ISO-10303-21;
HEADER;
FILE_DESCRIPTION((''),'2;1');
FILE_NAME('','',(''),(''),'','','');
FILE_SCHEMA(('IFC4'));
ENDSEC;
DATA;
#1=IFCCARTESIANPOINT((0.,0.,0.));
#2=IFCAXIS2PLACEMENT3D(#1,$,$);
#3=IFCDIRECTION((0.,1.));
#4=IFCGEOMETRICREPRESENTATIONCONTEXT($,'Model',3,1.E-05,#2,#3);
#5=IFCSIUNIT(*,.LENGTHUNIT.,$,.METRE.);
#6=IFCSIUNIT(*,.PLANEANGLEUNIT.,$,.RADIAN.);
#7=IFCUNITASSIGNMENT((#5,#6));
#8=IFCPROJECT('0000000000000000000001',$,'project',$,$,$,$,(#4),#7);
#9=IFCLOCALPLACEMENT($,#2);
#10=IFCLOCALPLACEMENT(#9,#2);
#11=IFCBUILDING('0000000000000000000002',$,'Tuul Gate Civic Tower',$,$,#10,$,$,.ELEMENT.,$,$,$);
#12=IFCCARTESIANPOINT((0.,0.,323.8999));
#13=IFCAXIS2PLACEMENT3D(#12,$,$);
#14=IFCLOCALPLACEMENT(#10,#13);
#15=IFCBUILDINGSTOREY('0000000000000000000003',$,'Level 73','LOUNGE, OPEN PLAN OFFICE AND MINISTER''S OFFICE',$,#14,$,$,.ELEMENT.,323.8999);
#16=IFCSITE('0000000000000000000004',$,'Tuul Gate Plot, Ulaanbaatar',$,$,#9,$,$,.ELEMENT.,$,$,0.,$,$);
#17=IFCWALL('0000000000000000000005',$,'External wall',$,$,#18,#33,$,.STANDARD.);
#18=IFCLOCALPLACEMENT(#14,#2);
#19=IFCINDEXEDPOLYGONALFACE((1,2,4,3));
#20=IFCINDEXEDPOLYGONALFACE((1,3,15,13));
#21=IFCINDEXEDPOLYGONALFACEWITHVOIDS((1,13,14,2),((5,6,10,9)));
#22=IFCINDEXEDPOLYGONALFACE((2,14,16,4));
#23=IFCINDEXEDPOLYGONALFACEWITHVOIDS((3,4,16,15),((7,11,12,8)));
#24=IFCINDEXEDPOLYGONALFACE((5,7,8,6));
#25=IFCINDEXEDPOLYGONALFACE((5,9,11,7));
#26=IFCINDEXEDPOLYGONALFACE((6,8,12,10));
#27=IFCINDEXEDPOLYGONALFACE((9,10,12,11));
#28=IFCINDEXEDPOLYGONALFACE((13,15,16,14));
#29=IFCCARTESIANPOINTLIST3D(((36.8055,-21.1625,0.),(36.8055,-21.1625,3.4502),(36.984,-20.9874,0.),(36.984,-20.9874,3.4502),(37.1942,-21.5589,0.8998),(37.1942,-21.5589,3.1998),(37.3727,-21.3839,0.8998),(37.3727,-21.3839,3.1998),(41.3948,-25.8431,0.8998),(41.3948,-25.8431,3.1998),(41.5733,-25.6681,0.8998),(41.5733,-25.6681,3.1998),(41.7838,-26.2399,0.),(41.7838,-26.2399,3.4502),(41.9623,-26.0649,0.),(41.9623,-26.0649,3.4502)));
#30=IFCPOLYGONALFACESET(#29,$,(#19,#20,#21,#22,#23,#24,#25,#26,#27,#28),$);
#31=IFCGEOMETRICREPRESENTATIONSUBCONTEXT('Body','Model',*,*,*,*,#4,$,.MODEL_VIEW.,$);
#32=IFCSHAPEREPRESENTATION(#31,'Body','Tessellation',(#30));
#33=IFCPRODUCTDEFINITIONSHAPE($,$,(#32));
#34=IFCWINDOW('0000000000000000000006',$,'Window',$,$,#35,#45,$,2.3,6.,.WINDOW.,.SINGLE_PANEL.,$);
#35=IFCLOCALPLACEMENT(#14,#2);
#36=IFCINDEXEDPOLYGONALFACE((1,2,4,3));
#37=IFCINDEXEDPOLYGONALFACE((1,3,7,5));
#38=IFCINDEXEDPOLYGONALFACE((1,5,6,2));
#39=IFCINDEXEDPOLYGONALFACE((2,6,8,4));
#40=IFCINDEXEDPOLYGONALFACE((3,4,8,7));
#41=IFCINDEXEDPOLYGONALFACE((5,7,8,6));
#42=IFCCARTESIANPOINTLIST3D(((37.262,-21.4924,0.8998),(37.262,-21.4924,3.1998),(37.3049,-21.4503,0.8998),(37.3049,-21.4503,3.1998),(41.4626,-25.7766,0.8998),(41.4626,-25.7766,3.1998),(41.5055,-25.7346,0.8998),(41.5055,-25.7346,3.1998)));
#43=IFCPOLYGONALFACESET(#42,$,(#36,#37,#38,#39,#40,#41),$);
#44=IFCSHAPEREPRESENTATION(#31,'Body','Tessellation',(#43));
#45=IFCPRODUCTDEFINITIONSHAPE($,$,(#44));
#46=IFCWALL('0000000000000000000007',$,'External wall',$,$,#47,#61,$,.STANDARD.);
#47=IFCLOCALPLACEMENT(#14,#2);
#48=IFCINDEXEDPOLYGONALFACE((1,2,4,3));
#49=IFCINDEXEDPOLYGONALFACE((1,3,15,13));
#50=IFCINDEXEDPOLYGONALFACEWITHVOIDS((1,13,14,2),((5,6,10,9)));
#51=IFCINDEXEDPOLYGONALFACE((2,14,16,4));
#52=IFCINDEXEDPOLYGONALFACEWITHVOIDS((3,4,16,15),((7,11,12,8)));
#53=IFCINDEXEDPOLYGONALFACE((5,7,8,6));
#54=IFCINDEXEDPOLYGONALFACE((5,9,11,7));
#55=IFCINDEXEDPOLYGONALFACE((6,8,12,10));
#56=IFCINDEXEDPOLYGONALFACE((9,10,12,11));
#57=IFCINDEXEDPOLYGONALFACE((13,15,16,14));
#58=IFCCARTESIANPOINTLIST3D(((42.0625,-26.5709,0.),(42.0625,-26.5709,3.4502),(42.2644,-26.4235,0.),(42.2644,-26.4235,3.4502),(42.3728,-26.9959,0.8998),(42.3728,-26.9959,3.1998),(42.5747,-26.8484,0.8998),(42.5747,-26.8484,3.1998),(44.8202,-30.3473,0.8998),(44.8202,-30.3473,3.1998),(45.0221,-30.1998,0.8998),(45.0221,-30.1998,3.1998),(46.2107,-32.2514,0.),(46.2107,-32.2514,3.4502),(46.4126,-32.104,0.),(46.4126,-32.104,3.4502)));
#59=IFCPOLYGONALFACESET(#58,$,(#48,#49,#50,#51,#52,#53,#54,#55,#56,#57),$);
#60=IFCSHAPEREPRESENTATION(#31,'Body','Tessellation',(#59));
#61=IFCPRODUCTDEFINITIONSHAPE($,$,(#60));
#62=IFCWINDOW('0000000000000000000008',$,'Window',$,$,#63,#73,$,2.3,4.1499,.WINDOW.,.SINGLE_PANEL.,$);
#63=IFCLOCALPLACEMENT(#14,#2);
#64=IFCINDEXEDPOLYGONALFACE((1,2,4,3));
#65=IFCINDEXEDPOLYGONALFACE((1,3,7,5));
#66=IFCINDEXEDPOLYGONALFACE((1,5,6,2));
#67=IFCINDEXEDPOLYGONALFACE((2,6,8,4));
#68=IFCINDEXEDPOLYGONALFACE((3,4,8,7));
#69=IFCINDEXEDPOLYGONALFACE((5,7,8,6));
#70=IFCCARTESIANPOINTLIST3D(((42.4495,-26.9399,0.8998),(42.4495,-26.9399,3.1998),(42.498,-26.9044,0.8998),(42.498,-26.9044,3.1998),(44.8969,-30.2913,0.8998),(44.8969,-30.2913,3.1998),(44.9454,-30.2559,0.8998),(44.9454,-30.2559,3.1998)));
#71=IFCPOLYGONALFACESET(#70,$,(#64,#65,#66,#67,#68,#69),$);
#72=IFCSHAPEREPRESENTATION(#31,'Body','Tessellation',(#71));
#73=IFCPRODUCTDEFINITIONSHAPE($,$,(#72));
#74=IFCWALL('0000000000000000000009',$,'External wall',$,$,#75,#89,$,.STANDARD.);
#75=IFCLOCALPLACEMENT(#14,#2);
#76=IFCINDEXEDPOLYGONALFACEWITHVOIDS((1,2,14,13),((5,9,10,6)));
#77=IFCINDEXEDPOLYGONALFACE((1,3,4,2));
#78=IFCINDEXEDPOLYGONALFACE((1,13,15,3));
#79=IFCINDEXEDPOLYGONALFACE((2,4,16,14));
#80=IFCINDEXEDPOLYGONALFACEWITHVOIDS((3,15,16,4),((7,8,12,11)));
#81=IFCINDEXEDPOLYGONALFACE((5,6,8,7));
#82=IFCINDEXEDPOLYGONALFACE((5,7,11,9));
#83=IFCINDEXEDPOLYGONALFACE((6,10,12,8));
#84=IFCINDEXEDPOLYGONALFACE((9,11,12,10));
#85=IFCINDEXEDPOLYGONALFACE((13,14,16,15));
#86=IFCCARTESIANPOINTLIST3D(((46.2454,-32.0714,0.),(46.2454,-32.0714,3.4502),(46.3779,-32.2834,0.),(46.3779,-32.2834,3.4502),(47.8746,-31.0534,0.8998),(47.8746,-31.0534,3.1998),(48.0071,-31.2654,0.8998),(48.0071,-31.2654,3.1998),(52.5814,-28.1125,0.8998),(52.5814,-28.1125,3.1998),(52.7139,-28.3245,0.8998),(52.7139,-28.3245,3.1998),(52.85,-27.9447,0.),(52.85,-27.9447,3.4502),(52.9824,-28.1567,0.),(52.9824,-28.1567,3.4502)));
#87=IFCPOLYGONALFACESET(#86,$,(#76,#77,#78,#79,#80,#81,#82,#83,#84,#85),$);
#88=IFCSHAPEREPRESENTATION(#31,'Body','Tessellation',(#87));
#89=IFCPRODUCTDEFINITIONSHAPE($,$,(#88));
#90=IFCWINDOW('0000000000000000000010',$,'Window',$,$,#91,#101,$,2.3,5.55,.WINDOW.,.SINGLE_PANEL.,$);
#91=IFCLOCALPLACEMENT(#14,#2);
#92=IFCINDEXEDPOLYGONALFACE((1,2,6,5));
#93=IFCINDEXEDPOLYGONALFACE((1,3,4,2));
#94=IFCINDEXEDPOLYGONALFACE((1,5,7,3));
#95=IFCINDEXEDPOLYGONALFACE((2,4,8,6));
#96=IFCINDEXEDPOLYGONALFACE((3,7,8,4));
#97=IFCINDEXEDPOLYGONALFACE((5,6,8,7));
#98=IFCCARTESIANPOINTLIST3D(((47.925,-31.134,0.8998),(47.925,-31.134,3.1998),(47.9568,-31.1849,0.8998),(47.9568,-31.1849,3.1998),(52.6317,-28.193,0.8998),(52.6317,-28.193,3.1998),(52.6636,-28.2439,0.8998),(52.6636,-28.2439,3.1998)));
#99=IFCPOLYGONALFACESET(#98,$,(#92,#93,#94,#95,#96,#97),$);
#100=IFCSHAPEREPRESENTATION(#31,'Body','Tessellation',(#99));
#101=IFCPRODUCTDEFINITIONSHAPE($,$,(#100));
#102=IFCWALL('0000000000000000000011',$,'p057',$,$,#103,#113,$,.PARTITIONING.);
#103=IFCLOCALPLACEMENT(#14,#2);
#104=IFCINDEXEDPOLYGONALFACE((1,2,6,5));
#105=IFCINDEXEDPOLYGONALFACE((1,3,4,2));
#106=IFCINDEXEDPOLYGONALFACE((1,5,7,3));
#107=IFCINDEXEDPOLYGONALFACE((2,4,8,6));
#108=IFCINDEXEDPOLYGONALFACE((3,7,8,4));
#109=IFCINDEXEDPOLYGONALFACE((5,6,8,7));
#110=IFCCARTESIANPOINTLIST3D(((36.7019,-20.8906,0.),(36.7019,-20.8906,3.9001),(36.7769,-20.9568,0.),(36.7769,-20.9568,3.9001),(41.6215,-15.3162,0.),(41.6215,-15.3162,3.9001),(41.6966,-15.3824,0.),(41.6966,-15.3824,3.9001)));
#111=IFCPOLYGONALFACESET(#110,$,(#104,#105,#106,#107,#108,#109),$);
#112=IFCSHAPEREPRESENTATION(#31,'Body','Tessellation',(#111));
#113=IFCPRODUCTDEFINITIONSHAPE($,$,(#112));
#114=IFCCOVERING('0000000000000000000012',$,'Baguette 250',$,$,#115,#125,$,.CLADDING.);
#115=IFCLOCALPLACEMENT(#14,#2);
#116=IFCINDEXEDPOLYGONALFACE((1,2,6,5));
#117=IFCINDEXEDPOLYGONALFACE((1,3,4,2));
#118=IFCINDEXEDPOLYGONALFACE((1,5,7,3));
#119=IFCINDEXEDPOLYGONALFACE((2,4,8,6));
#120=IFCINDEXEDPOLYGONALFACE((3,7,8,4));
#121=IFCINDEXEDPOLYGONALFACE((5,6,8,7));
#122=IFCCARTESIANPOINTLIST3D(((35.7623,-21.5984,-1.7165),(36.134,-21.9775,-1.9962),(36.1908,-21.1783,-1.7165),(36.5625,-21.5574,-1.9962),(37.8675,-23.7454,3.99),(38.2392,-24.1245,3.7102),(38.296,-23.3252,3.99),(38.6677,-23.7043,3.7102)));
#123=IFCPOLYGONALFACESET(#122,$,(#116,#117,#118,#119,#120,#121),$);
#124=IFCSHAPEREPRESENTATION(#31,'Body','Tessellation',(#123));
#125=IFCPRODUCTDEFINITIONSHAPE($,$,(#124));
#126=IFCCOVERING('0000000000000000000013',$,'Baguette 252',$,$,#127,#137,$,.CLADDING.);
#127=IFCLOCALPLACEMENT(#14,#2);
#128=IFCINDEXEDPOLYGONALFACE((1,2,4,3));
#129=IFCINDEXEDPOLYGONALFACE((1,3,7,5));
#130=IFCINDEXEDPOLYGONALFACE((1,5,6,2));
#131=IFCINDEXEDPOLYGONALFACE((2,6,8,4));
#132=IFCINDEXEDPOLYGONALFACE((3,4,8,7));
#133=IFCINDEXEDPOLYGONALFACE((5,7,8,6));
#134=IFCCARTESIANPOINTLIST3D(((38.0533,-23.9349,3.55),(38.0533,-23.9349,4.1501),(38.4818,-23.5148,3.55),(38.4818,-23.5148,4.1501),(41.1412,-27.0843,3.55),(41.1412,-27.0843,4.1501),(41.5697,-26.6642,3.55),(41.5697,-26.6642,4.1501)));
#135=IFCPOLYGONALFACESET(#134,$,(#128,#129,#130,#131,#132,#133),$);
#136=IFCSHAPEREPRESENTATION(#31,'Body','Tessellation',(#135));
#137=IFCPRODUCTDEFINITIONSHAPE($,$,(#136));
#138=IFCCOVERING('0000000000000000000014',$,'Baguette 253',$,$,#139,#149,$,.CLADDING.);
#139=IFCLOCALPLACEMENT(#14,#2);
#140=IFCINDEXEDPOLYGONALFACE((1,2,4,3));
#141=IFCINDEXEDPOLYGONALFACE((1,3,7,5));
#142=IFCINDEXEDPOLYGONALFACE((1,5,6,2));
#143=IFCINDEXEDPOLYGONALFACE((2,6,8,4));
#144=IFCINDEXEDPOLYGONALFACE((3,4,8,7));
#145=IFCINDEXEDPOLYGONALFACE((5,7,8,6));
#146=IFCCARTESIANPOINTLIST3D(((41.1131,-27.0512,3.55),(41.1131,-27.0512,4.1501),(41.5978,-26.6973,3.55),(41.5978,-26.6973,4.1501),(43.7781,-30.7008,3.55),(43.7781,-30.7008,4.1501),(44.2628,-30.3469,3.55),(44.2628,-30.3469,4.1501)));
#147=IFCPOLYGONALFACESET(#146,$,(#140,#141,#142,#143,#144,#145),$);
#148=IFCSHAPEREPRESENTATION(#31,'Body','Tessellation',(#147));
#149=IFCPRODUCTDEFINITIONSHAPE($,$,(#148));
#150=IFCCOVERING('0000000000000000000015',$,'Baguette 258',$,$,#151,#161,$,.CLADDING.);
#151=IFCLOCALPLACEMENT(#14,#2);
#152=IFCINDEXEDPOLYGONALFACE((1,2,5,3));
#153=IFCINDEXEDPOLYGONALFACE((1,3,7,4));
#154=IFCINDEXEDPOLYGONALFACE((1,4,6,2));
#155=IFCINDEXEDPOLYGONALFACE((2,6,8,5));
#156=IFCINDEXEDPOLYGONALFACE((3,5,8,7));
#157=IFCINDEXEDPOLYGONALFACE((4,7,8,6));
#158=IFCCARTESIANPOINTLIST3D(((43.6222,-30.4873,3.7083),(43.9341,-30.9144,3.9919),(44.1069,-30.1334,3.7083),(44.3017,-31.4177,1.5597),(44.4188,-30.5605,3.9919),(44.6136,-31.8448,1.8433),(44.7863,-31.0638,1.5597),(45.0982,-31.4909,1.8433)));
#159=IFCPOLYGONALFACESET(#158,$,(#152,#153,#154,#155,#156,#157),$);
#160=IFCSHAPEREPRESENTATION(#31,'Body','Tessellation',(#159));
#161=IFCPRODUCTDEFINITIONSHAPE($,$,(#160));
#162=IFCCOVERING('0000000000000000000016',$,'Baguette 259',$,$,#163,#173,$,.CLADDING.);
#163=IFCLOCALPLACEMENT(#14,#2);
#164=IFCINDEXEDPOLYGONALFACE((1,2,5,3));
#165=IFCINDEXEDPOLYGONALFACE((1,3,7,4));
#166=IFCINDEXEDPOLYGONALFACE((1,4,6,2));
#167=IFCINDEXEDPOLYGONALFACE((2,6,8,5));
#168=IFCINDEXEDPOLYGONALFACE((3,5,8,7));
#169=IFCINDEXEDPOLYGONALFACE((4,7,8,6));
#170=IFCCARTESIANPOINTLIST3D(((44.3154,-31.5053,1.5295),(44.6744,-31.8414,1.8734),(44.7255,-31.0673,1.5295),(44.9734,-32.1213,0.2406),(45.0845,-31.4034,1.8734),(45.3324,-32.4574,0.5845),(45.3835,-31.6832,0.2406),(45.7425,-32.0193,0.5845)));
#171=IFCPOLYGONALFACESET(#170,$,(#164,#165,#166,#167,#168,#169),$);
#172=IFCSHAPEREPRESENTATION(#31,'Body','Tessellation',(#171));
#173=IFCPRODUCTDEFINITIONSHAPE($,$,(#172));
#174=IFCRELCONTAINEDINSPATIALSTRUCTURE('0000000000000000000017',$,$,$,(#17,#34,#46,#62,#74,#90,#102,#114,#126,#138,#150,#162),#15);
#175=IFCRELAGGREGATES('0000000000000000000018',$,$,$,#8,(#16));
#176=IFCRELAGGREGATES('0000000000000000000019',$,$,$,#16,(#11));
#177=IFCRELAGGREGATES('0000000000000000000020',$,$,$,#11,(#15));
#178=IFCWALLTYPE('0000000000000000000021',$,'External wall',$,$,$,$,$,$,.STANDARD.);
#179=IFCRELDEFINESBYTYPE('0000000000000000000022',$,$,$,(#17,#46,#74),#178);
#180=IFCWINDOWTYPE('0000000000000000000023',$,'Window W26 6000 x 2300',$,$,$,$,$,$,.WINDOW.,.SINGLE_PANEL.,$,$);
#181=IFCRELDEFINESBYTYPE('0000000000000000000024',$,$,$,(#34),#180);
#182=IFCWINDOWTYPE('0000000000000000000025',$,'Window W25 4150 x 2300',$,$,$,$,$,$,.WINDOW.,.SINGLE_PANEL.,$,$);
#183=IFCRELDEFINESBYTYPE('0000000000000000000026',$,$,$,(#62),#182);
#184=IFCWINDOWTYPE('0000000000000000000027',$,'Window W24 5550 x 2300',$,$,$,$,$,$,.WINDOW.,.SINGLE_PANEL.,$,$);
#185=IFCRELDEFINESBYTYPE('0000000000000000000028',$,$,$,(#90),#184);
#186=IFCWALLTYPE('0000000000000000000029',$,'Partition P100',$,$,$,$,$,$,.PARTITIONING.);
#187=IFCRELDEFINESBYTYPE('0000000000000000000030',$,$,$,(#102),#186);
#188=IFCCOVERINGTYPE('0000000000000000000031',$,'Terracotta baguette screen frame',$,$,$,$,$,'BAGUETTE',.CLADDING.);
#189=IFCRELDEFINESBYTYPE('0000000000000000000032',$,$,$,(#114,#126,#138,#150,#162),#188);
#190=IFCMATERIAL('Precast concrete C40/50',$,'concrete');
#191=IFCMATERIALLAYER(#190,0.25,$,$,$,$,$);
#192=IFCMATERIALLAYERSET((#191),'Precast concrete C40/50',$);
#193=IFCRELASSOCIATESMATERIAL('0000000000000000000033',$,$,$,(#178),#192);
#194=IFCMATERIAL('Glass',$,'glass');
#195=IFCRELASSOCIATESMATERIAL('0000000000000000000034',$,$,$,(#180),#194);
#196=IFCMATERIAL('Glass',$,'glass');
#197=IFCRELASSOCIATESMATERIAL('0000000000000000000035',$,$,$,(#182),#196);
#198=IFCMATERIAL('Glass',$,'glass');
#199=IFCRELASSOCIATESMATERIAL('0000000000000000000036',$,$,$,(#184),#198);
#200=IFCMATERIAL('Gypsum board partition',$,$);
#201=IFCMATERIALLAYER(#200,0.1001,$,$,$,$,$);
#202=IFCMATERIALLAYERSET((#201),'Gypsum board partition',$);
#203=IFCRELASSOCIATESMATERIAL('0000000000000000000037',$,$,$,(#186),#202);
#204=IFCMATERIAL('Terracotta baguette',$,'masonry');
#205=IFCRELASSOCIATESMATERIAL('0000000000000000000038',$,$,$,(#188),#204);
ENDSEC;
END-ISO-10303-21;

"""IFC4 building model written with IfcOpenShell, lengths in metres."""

from ifc_helpers import new_model, si_unit, direction, frame, frame_2d, origin, origin_2d, place, context, subcontext, project, spatial, rectangle, extrude, material, layer, layer_set, material_profile, profile_set, type_object, element, fill, save


model = new_model("IFC4")

# Units and contexts
model_context = context("Model", 3, precision=1e-05, world=origin(), true_north=direction((0.0, 1.0)))
body_context = subcontext(model_context, "Body", "Model", "MODEL_VIEW")
ifc_project = project(units=[si_unit("LENGTHUNIT", "METRE"), si_unit("PLANEANGLEUNIT", "RADIAN")], contexts=[model_context])

# Site, building, storey
site_placement = place(None, origin())
site = spatial("IfcSite", under=ifc_project, at=site_placement, Name="Tuul Gate Plot, Ulaanbaatar", CompositionType="ELEMENT", RefElevation=0.0)
building_placement = place(site_placement, origin())
building = spatial("IfcBuilding", under=site, at=building_placement, Name="Tuul Gate Civic Tower", CompositionType="ELEMENT")
storey_placement = place(building_placement, frame((0.0, 0.0, 323.8999)))
storey = spatial("IfcBuildingStorey", under=building, at=storey_placement, Name="Level 73", Description="LOUNGE, OPEN PLAN OFFICE AND MINISTER'S OFFICE", CompositionType="ELEMENT", Elevation=323.8999)

# Walls, openings, windows
ifc_material_1 = material(Name="Precast concrete C40/50", Category="concrete")
ifc_layer_1 = layer(ifc_material_1, 0.25)
ifc_layer_set_1 = layer_set([ifc_layer_1], Name="Precast concrete C40/50")
wall_type_1 = type_object("IfcWallType", Name="External wall", PredefinedType="STANDARD", material=ifc_layer_set_1)
wall_1_placement = place(storey_placement, frame((36.8948, -21.075, 0.0), z_axis=(0.0, 0.0, 1.0), x_axis=(0.700103, -0.714042, 0.0)))
wall_1 = element("IfcWall", 1, at=wall_1_placement, inside=storey, type_object=wall_type_1, Name="External wall", PredefinedType="STANDARD", context=body_context, shape_type="SweptSolid", body=[
    extrude(rectangle(XDim=7.1108, YDim=0.25, at=frame_2d((3.5554, 0.0))), origin(), (0.0, 0.0, 1.0), 3.4502),
])
opening_1_placement = place(wall_1_placement, frame((0.5552, 0.0, 0.8999)))
opening_1 = element("IfcOpeningElement", 2, at=opening_1_placement, cuts=wall_1, PredefinedType="OPENING", context=body_context, shape_type="SweptSolid", body=[
    extrude(rectangle(XDim=6.0, YDim=2.3, at=frame_2d((3.0, 1.1499))), frame((0.0, 0.135, 0.0), z_axis=(0.0, -1.0, 0.0), x_axis=(1.0, 0.0, 0.0)), (0.0, 0.0, 1.0), 0.27),
])
ifc_material_2 = material(Name="Glass", Category="glass")
window_type_1 = type_object("IfcWindowType", Name="Window W26 6000 x 2300", PartitioningType="SINGLE_PANEL", PredefinedType="WINDOW", material=ifc_material_2)
window_1_placement = place(opening_1_placement, origin())
window_1 = element("IfcWindow", 3, at=window_1_placement, inside=storey, type_object=window_type_1, Name="Window", OverallHeight=2.3, OverallWidth=6.0, PartitioningType="SINGLE_PANEL", PredefinedType="WINDOW", context=body_context, shape_type="SweptSolid", body=[
    extrude(rectangle(XDim=6.0, YDim=2.3, at=frame_2d((3.0, 1.1499))), frame((0.0, 0.03, 0.0), z_axis=(0.0, -1.0, 0.0), x_axis=(1.0, 0.0, 0.0)), (0.0, 0.0, 1.0), 0.0601),
])
fill(opening_1, window_1)
wall_2_placement = place(storey_placement, frame((42.1633, -26.4971, 0.0), z_axis=(0.0, 0.0, 1.0), x_axis=(0.589749, -0.807586, 0.0)))
wall_2 = element("IfcWall", 4, at=wall_2_placement, inside=storey, type_object=wall_type_1, Name="External wall", PredefinedType="STANDARD", context=body_context, shape_type="SweptSolid", body=[
    extrude(rectangle(XDim=7.0339, YDim=0.25, at=frame_2d((3.5171, 0.0))), origin(), (0.0, 0.0, 1.0), 3.4502),
])
opening_2_placement = place(wall_2_placement, frame((0.5264, 0.0, 0.8999)))
opening_2 = element("IfcOpeningElement", 5, at=opening_2_placement, cuts=wall_2, PredefinedType="OPENING", context=body_context, shape_type="SweptSolid", body=[
    extrude(rectangle(XDim=4.1499, YDim=2.3, at=frame_2d((2.075, 1.1499))), frame((0.0, 0.135, 0.0), z_axis=(0.0, -1.0, 0.0), x_axis=(1.0, 0.0, 0.0)), (0.0, 0.0, 1.0), 0.27),
])
ifc_material_3 = material(Name="Glass", Category="glass")
window_type_2 = type_object("IfcWindowType", Name="Window W25 4150 x 2300", PartitioningType="SINGLE_PANEL", PredefinedType="WINDOW", material=ifc_material_3)
window_2_placement = place(opening_2_placement, origin())
window_2 = element("IfcWindow", 6, at=window_2_placement, inside=storey, type_object=window_type_2, Name="Window", OverallHeight=2.3, OverallWidth=4.1499, PartitioningType="SINGLE_PANEL", PredefinedType="WINDOW", context=body_context, shape_type="SweptSolid", body=[
    extrude(rectangle(XDim=4.1499, YDim=2.3, at=frame_2d((2.075, 1.1499))), frame((0.0, 0.03, 0.0), z_axis=(0.0, -1.0, 0.0), x_axis=(1.0, 0.0, 0.0)), (0.0, 0.0, 1.0), 0.0601),
])
fill(opening_2, window_2)
wall_3_placement = place(storey_placement, frame((46.3115, -32.1775, 0.0), z_axis=(0.0, 0.0, 1.0), x_axis=(0.848062, 0.529897, 0.0)))
wall_3 = element("IfcWall", 7, at=wall_3_placement, inside=storey, type_object=wall_type_1, Name="External wall", PredefinedType="STANDARD", context=body_context, shape_type="SweptSolid", body=[
    extrude(rectangle(XDim=7.7878, YDim=0.25, at=frame_2d((3.894, 0.0))), origin(), (0.0, 0.0, 1.0), 3.4502),
])
opening_3_placement = place(wall_3_placement, frame((1.9214, 0.0, 0.8999)))
opening_3 = element("IfcOpeningElement", 8, at=opening_3_placement, cuts=wall_3, PredefinedType="OPENING", context=body_context, shape_type="SweptSolid", body=[
    extrude(rectangle(XDim=5.55, YDim=2.3, at=frame_2d((2.7749, 1.1499))), frame((0.0, 0.135, 0.0), z_axis=(0.0, -1.0, 0.0), x_axis=(1.0, 0.0, 0.0)), (0.0, 0.0, 1.0), 0.27),
])
ifc_material_4 = material(Name="Glass", Category="glass")
window_type_3 = type_object("IfcWindowType", Name="Window W24 5550 x 2300", PartitioningType="SINGLE_PANEL", PredefinedType="WINDOW", material=ifc_material_4)
window_3_placement = place(opening_3_placement, origin())
window_3 = element("IfcWindow", 9, at=window_3_placement, inside=storey, type_object=window_type_3, Name="Window", OverallHeight=2.3, OverallWidth=5.55, PartitioningType="SINGLE_PANEL", PredefinedType="WINDOW", context=body_context, shape_type="SweptSolid", body=[
    extrude(rectangle(XDim=5.55, YDim=2.3, at=frame_2d((2.7749, 1.1499))), frame((0.0, 0.03, 0.0), z_axis=(0.0, -1.0, 0.0), x_axis=(1.0, 0.0, 0.0)), (0.0, 0.0, 1.0), 0.0601),
])
fill(opening_3, window_3)

# Wall
ifc_material_5 = material(Name="Gypsum board partition")
ifc_layer_2 = layer(ifc_material_5, 0.1001)
ifc_layer_set_2 = layer_set([ifc_layer_2], Name="Gypsum board partition")
wall_type_2 = type_object("IfcWallType", Name="Partition P100", PredefinedType="PARTITIONING", material=ifc_layer_set_2)
wall_4_placement = place(storey_placement, frame((36.7395, -20.9236, 0.0), z_axis=(0.0, 0.0, 1.0), x_axis=(0.6617, 0.749769, 0.0)))
element("IfcWall", 10, at=wall_4_placement, inside=storey, type_object=wall_type_2, Name="p057", PredefinedType="PARTITIONING", context=body_context, shape_type="SweptSolid", body=[
    extrude(rectangle(XDim=7.4348, YDim=0.1001, at=frame_2d((3.7173, 0.0))), origin(), (0.0, 0.0, 1.0), 3.9001),
])

# Coverings
ifc_material_6 = material(Name="Terracotta baguette", Category="masonry")
ifc_material_profile_1 = material_profile(ifc_material_6, rectangle(XDim=0.6001, YDim=0.6001, at=origin_2d()), Name="Terracotta baguette screen frame")
ifc_profile_set_1 = profile_set([ifc_material_profile_1], Name="Terracotta baguette")
covering_type = type_object("IfcCoveringType", Name="Terracotta baguette screen frame", ElementType="BAGUETTE", PredefinedType="CLADDING", material=ifc_profile_set_1)
covering_1_placement = place(storey_placement, frame((38.2676, -23.7249, 3.8501), z_axis=(-0.326377, 0.33285, -0.884697), x_axis=(-0.714015, -0.700131, 0.0)))
element("IfcCovering", 11, at=covering_1_placement, inside=storey, type_object=covering_type, Name="Baguette 250", PredefinedType="CLADDING", context=body_context, shape_type="SweptSolid", body=[
    extrude(rectangle(XDim=0.6001, YDim=0.6001, at=origin_2d()), origin(), (0.0, 0.0, 1.0), 6.4502),
])
covering_2_placement = place(storey_placement, frame((38.2676, -23.7249, 3.8501), z_axis=(0.700098, -0.714047, 0.0), x_axis=(0.714047, 0.700098, 0.0)))
element("IfcCovering", 12, at=covering_2_placement, inside=storey, type_object=covering_type, Name="Baguette 252", PredefinedType="CLADDING", context=body_context, shape_type="SweptSolid", body=[
    extrude(rectangle(XDim=0.6001, YDim=0.6001, at=origin_2d()), origin(), (0.0, 0.0, 1.0), 4.4106),
])
covering_3_placement = place(storey_placement, frame((41.3555, -26.8743, 3.8501), z_axis=(0.589725, -0.807604, 0.0), x_axis=(0.807604, 0.589725, 0.0)))
element("IfcCovering", 13, at=covering_3_placement, inside=storey, type_object=covering_type, Name="Baguette 253", PredefinedType="CLADDING", context=body_context, shape_type="SweptSolid", body=[
    extrude(rectangle(XDim=0.6001, YDim=0.6001, at=origin_2d()), origin(), (0.0, 0.0, 1.0), 4.519),
])
covering_4_placement = place(storey_placement, frame((44.0205, -30.5239, 3.8501), z_axis=(0.278681, -0.381622, -0.881306), x_axis=(0.807589, 0.589746, 0.0)))
element("IfcCovering", 14, at=covering_4_placement, inside=storey, type_object=covering_type, Name="Baguette 258", PredefinedType="CLADDING", context=body_context, shape_type="SweptSolid", body=[
    extrude(rectangle(XDim=0.6001, YDim=0.6001, at=origin_2d()), origin(), (0.0, 0.0, 1.0), 2.438),
])
covering_5_placement = place(storey_placement, frame((44.7, -31.4543, 1.7014), z_axis=(0.418363, -0.391663, -0.819495), x_axis=(0.683427, 0.730019, 0.0)))
element("IfcCovering", 15, at=covering_5_placement, inside=storey, type_object=covering_type, Name="Baguette 259", PredefinedType="CLADDING", context=body_context, shape_type="SweptSolid", body=[
    extrude(rectangle(XDim=0.6001, YDim=0.6001, at=origin_2d()), origin(), (0.0, 0.0, 1.0), 1.5728),
])

save(model, "model.ifc")
